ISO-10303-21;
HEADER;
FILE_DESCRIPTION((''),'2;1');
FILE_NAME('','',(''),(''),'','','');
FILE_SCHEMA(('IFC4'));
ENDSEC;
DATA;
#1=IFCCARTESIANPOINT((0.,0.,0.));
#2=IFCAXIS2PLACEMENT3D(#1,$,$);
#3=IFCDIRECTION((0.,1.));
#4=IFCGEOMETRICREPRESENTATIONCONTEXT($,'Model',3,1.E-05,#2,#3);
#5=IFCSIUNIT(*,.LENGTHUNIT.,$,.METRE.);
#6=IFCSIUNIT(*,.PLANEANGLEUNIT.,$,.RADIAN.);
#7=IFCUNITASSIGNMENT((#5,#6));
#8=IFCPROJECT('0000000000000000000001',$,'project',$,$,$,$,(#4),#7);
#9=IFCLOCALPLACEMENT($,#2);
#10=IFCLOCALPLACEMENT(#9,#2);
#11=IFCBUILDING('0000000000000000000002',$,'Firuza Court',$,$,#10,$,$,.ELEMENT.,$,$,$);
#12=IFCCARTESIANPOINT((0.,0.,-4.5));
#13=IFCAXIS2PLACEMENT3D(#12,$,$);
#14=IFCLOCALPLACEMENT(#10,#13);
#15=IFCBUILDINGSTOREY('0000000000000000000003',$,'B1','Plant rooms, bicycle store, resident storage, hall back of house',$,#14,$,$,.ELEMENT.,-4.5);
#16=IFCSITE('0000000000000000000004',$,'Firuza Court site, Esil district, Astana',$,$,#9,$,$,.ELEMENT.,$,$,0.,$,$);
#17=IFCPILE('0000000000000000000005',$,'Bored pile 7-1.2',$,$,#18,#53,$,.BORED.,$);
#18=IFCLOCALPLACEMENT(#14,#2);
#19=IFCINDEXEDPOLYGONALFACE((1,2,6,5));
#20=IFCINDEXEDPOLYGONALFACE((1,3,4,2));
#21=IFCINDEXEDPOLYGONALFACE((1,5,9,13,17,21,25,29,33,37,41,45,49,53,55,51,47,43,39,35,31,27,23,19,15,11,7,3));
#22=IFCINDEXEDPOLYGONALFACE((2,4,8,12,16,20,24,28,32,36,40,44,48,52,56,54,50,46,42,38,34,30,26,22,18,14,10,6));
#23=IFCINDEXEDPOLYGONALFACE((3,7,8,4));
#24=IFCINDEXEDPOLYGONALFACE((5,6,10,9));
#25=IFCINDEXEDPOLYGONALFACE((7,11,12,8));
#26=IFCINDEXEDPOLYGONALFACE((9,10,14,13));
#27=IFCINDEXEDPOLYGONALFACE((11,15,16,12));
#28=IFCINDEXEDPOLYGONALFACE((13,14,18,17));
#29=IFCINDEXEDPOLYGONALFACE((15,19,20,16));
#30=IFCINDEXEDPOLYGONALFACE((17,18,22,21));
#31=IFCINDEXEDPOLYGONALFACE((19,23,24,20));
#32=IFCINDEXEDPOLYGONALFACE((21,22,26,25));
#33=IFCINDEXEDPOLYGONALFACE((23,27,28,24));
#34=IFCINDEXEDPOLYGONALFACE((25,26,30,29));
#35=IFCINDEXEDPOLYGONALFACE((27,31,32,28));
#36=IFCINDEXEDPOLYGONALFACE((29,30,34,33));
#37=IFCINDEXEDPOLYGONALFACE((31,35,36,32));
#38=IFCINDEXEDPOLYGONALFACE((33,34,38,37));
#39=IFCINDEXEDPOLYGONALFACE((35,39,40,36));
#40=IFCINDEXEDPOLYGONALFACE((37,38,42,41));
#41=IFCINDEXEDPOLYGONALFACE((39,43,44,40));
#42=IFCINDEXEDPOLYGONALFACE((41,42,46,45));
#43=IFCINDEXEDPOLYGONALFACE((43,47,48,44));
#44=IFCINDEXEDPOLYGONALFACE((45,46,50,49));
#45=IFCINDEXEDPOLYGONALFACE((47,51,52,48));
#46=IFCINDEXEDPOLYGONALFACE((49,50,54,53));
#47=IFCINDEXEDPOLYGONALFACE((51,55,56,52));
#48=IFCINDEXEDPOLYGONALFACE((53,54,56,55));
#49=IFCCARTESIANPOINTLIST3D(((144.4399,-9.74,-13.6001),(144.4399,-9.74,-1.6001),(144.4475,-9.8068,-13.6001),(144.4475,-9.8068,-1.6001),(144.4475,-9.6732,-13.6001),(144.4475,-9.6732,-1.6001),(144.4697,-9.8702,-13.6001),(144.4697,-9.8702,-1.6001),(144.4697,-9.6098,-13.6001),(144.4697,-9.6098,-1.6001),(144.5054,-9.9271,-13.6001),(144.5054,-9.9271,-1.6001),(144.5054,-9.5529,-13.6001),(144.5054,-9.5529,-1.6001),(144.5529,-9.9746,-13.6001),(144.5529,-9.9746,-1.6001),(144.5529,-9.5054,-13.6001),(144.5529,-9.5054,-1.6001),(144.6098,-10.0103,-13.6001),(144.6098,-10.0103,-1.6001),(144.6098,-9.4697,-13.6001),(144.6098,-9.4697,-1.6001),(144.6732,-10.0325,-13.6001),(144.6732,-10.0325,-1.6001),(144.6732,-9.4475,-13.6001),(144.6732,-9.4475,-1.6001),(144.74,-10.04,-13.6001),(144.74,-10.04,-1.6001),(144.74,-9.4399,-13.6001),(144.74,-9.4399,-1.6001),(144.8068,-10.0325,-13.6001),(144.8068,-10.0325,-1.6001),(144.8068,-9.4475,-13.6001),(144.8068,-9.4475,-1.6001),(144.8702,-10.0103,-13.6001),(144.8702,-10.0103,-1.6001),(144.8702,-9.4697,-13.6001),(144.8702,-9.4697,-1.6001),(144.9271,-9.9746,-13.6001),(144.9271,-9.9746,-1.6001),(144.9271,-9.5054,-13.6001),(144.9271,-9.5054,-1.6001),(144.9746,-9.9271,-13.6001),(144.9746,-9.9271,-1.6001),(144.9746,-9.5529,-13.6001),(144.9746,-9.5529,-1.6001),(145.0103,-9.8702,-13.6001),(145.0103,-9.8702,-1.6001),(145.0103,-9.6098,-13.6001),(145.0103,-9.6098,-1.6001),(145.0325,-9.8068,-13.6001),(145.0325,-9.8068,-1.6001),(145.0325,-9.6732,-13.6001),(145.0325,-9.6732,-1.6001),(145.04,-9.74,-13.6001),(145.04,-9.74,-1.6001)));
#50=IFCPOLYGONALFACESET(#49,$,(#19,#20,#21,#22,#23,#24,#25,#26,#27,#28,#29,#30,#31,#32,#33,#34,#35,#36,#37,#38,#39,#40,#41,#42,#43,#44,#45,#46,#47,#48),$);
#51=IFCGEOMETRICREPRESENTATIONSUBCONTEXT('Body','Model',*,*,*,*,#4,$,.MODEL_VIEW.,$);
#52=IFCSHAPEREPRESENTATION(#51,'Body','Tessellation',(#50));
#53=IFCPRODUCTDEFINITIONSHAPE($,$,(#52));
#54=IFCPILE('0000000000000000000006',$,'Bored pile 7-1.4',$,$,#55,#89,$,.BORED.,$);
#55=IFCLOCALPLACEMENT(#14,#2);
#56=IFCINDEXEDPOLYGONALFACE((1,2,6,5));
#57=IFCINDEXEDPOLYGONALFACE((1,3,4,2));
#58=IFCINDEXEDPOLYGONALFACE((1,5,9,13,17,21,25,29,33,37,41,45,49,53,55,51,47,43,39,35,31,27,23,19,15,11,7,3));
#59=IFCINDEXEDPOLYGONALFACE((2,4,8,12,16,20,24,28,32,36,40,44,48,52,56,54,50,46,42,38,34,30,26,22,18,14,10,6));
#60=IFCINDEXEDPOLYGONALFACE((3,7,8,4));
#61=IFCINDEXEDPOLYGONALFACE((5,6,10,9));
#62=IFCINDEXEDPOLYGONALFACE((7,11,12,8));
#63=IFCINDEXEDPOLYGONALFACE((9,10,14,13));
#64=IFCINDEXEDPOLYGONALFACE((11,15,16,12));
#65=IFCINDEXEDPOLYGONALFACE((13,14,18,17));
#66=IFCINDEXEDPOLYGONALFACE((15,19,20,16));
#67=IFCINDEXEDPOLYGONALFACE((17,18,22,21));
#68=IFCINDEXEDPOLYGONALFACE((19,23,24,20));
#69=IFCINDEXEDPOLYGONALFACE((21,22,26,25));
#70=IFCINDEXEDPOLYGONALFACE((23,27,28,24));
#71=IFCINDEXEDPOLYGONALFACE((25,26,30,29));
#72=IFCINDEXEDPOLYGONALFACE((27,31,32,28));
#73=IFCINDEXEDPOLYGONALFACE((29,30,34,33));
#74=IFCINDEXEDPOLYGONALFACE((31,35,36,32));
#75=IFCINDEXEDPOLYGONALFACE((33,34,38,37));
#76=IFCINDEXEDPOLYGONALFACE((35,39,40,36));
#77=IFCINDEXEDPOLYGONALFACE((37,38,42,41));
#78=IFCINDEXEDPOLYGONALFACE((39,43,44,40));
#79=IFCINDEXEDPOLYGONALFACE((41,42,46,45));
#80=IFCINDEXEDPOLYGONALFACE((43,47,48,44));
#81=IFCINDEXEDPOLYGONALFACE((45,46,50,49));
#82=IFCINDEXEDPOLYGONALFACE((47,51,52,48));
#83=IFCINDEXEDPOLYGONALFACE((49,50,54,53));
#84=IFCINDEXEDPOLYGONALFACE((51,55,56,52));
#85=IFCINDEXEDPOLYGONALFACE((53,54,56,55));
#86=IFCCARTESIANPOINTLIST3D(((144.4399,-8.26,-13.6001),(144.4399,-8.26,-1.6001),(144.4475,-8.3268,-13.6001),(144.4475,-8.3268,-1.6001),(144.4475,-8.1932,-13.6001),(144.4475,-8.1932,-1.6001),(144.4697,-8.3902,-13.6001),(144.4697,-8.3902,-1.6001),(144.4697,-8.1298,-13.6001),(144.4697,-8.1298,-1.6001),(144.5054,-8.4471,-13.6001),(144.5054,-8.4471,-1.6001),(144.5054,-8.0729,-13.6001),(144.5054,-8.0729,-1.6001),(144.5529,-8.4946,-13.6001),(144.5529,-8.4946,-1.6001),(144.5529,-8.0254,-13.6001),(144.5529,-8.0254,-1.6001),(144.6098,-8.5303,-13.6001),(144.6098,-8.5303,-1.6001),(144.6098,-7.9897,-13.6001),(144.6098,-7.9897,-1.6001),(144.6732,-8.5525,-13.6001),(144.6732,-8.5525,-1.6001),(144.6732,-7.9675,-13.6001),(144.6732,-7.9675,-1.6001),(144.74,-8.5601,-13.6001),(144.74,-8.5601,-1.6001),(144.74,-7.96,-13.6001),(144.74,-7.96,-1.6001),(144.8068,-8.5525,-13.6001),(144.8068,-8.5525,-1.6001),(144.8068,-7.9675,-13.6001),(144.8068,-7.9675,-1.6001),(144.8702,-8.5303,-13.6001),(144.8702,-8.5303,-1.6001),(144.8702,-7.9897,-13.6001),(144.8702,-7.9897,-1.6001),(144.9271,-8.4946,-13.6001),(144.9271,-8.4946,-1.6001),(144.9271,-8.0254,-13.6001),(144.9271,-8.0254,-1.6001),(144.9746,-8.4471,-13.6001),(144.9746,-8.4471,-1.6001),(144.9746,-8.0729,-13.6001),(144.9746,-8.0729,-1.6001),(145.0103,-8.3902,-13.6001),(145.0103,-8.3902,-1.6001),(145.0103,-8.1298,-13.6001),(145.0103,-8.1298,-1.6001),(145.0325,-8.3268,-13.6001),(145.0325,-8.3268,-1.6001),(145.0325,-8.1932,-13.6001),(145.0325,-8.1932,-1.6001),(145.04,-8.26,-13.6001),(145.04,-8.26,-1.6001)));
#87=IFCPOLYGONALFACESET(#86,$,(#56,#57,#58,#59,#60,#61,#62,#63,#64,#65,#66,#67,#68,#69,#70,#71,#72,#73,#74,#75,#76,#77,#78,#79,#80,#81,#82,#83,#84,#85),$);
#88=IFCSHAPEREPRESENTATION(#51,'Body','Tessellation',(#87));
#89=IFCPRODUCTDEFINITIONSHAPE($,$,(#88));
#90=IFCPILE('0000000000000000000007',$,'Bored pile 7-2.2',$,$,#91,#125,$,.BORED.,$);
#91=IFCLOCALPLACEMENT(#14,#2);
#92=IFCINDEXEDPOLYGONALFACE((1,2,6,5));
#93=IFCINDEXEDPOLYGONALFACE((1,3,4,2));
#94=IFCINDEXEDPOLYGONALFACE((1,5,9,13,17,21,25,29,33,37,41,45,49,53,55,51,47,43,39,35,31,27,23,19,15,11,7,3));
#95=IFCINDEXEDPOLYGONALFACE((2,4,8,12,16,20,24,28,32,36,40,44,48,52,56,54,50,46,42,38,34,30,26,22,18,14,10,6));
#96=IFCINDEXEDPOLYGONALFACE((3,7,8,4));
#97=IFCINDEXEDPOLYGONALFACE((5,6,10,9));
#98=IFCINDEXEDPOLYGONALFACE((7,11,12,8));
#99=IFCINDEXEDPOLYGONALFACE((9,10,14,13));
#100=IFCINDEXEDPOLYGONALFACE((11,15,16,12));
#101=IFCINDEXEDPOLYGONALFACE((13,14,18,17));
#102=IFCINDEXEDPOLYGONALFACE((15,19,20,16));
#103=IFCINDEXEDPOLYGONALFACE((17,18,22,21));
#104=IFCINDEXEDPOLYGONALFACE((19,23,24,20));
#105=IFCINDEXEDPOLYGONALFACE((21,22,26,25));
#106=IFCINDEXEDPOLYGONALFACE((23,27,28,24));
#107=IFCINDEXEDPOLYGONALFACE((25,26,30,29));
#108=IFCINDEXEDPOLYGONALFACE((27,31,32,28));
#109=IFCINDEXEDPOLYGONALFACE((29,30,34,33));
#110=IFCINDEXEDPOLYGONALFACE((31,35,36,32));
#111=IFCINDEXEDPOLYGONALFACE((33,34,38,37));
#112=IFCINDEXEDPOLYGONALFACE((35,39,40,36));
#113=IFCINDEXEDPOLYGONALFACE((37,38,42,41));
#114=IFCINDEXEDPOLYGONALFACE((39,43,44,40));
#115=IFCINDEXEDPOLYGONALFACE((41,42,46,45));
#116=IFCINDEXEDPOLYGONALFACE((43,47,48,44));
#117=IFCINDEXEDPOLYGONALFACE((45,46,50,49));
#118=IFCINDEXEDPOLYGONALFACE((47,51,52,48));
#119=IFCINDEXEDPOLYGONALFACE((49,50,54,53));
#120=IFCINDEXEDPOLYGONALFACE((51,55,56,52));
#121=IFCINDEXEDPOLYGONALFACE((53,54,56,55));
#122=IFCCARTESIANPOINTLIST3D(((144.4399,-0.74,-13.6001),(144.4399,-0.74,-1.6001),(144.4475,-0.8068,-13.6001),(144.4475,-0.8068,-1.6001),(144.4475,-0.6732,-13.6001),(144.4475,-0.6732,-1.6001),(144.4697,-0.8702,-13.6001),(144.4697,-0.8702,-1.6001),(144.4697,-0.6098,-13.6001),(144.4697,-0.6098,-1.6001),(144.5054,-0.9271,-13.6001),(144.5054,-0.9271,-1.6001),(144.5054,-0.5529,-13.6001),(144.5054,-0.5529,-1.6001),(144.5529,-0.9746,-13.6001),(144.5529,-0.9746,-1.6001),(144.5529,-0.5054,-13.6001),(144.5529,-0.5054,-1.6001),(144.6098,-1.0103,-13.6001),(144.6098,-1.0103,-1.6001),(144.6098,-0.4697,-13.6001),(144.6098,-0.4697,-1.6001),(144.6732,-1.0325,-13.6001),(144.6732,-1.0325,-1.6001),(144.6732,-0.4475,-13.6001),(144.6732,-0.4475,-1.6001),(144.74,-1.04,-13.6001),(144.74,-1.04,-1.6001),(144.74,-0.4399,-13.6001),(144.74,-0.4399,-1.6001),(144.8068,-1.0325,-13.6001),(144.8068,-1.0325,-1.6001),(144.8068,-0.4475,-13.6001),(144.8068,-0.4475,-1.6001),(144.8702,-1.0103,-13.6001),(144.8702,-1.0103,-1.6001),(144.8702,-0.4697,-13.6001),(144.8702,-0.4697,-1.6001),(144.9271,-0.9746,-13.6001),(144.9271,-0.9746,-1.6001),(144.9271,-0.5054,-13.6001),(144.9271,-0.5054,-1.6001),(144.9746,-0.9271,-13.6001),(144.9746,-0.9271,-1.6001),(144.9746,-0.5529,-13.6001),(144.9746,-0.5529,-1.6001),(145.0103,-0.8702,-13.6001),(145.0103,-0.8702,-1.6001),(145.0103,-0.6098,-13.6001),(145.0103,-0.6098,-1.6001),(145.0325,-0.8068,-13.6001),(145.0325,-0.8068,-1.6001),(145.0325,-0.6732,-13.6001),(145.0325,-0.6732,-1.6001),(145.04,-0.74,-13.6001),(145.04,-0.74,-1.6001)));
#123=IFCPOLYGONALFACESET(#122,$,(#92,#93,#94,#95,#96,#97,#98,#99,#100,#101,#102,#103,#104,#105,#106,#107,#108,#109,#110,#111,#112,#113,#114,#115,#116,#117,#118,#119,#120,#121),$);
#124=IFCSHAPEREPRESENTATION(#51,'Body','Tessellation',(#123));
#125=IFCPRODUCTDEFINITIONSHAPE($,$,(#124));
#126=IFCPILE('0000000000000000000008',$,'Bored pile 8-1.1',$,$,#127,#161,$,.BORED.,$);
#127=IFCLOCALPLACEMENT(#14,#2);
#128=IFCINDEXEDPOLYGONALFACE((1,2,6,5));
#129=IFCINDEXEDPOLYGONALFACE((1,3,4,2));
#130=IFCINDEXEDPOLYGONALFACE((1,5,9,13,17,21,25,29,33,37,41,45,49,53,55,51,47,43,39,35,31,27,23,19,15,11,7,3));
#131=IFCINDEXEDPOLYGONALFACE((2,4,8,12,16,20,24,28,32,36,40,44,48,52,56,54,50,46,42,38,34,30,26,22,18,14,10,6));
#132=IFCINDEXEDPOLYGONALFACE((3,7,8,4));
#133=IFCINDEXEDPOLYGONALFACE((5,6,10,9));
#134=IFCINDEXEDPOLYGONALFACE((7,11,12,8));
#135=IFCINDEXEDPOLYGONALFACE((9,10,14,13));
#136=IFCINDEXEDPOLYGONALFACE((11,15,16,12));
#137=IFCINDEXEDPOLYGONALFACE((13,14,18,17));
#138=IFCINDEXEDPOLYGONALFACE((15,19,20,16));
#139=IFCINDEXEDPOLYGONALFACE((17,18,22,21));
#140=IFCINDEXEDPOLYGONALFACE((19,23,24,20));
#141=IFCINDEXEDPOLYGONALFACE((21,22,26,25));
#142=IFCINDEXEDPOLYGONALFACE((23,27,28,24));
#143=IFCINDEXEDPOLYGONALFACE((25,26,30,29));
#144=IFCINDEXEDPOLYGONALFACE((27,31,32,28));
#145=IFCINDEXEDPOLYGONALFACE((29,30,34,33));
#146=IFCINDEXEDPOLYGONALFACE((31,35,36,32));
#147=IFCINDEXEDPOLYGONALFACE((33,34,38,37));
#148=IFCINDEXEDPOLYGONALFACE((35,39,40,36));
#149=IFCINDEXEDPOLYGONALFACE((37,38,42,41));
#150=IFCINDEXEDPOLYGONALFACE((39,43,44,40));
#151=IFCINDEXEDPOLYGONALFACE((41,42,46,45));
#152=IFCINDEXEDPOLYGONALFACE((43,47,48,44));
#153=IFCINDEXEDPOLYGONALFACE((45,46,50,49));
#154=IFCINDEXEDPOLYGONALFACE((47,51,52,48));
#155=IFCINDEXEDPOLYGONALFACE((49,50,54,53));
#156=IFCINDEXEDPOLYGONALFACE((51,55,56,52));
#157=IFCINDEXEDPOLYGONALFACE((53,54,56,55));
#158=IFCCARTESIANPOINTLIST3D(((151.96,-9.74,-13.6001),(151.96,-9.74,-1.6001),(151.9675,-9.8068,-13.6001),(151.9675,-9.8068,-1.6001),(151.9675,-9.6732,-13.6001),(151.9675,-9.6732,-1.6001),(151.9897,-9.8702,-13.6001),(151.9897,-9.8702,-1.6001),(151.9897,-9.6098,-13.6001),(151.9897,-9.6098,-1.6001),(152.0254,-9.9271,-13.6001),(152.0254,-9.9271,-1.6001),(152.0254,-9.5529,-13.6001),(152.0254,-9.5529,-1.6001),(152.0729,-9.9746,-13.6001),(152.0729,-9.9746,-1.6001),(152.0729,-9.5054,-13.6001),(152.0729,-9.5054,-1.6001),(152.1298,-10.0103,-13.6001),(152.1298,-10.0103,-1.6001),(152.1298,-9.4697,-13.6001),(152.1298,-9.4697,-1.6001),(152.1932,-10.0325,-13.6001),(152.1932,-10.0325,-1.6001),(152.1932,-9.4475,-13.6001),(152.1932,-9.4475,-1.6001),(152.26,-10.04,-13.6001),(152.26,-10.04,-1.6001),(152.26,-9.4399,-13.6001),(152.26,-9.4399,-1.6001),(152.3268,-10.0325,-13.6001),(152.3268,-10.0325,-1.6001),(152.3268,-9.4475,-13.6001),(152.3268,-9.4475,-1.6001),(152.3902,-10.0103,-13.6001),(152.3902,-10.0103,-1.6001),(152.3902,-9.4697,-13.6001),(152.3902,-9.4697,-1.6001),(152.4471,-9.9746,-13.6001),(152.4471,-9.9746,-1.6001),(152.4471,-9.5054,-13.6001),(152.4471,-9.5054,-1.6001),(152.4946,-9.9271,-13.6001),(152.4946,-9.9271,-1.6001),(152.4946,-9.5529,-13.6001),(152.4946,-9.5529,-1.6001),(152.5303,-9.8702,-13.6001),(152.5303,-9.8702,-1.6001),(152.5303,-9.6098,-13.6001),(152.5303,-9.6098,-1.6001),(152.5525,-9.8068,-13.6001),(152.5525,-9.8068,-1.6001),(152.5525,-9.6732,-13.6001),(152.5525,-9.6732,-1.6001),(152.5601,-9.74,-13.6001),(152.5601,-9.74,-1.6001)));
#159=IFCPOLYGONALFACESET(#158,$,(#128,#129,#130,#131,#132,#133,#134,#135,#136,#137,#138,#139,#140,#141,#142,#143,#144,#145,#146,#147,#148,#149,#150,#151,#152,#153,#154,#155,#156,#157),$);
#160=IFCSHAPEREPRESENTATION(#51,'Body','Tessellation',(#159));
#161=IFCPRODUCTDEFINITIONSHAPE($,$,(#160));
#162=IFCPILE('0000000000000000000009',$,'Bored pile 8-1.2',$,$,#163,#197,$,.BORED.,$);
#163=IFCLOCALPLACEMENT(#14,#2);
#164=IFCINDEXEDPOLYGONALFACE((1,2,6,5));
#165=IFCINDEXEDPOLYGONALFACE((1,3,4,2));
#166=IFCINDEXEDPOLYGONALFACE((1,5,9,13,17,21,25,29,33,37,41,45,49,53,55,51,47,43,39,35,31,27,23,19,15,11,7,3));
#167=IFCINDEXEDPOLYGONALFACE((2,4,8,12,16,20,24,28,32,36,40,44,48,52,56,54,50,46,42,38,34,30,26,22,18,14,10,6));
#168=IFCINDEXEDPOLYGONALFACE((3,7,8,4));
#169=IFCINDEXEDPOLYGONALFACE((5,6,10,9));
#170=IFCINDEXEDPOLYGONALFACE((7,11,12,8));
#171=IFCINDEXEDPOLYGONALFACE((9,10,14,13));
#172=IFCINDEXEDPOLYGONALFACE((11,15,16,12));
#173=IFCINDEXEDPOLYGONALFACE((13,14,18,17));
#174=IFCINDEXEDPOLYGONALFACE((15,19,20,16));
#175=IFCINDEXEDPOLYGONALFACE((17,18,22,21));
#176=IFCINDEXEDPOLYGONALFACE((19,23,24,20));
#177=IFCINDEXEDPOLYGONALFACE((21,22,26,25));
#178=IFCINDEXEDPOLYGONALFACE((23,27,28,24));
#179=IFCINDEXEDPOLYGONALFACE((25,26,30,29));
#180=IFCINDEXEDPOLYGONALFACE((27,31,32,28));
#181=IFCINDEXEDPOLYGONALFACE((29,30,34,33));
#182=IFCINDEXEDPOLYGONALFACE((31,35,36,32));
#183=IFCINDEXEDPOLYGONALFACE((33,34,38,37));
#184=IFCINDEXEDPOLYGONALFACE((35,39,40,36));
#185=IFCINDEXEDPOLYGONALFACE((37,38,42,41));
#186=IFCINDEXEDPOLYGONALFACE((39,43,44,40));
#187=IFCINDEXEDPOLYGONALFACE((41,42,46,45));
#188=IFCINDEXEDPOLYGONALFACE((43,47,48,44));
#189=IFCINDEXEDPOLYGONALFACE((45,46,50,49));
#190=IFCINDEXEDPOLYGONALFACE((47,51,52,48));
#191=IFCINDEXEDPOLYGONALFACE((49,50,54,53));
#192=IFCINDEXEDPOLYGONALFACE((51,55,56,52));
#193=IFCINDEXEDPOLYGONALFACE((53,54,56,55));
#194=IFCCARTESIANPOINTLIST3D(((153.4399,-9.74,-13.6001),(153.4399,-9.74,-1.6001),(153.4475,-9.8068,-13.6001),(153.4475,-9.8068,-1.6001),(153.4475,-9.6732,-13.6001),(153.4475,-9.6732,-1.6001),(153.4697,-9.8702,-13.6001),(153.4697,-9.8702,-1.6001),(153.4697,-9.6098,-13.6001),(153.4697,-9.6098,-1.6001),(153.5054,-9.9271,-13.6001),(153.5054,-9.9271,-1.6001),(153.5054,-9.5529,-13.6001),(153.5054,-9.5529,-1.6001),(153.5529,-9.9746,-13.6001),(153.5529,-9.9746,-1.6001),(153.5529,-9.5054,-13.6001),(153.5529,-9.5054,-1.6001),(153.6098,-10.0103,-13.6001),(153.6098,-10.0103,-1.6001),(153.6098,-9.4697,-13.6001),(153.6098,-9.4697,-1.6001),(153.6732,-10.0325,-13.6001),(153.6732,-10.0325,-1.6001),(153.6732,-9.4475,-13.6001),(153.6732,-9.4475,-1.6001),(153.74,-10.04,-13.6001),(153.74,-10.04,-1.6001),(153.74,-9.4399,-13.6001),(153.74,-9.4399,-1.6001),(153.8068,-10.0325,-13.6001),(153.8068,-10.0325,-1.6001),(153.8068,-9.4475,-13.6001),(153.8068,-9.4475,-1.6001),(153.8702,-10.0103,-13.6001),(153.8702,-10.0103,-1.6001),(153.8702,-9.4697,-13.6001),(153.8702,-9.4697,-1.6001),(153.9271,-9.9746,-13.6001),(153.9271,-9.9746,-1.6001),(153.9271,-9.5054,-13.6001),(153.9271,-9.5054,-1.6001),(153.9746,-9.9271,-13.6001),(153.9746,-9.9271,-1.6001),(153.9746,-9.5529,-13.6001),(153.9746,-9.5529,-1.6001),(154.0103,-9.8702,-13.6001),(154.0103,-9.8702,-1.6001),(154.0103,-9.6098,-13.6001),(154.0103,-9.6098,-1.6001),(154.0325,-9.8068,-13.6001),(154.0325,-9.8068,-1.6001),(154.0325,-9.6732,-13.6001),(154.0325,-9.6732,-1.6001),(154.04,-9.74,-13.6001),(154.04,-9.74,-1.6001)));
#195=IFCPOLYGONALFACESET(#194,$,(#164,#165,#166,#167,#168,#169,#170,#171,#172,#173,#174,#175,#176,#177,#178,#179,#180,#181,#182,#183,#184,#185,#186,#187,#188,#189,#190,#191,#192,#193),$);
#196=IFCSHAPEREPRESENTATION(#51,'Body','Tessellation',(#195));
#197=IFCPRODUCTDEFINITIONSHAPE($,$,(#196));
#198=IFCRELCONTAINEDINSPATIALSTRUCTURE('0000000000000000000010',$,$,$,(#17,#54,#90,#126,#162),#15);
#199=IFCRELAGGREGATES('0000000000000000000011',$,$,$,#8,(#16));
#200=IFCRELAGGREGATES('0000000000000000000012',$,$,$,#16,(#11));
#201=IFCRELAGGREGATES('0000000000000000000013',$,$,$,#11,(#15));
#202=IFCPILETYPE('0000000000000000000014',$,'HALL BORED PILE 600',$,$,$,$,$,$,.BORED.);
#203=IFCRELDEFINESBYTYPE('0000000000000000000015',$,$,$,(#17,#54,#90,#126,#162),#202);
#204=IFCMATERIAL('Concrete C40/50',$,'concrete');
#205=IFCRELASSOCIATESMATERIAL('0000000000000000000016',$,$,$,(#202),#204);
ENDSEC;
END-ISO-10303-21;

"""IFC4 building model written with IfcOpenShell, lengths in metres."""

from ifc_helpers import new_model, si_unit, direction, frame, origin, origin_2d, place, context, subcontext, project, spatial, circle, extrude, material, material_profile, profile_set, type_object, element, save


model = new_model("IFC4")

# Units and contexts
model_context = context("Model", 3, precision=1e-05, world=origin(), true_north=direction((0.0, 1.0)))
body_context = subcontext(model_context, "Body", "Model", "MODEL_VIEW")
ifc_project = project(units=[si_unit("LENGTHUNIT", "METRE"), si_unit("PLANEANGLEUNIT", "RADIAN")], contexts=[model_context])

# Site, building, storey
site_placement = place(None, origin())
site = spatial("IfcSite", under=ifc_project, at=site_placement, Name="Firuza Court site, Esil district, Astana", CompositionType="ELEMENT", RefElevation=0.0)
building_placement = place(site_placement, origin())
building = spatial("IfcBuilding", under=site, at=building_placement, Name="Firuza Court", CompositionType="ELEMENT")
storey_placement = place(building_placement, frame((0.0, 0.0, -4.5)))
storey = spatial("IfcBuildingStorey", under=building, at=storey_placement, Name="B1", Description="Plant rooms, bicycle store, resident storage, hall back of house", CompositionType="ELEMENT", Elevation=-4.5)

# Piles
ifc_material_1 = material(Name="Concrete C40/50", Category="concrete")
ifc_material_profile_1 = material_profile(ifc_material_1, circle(Radius=0.3, at=origin_2d()), Name="PILE 600")
ifc_profile_set_1 = profile_set([ifc_material_profile_1], Name="Concrete C40/50")
pile_type = type_object("IfcPileType", Name="HALL BORED PILE 600", PredefinedType="BORED", material=ifc_profile_set_1)
for number, where, z_axis, x_axis, name in (
    (1, (144.74, -9.74, -1.6001), (0.0, 0.0, -1.0), (1.0, 0.0, 0.0), "Bored pile 7-1.2"),
    (2, (144.74, -8.26, -1.6001), (0.0, 0.0, -1.0), (1.0, 0.0, 0.0), "Bored pile 7-1.4"),
    (3, (144.74, -0.74, -1.6001), (0.0, 0.0, -1.0), (1.0, 0.0, 0.0), "Bored pile 7-2.2"),
    (4, (152.26, -9.74, -1.6001), (0.0, 0.0, -1.0), (1.0, 0.0, 0.0), "Bored pile 8-1.1"),
    (5, (153.74, -9.74, -1.6001), (0.0, 0.0, -1.0), (1.0, 0.0, 0.0), "Bored pile 8-1.2"),
):
    element("IfcPile", number, at=place(storey_placement, frame(where, z_axis=z_axis, x_axis=x_axis)), inside=storey, type_object=pile_type, Name=name, PredefinedType="BORED", context=body_context, shape_type="SweptSolid", body=[
        extrude(circle(Radius=0.3, at=origin_2d()), origin(), (0.0, 0.0, 1.0), 12.0),
    ])

save(model, "model.ifc")
